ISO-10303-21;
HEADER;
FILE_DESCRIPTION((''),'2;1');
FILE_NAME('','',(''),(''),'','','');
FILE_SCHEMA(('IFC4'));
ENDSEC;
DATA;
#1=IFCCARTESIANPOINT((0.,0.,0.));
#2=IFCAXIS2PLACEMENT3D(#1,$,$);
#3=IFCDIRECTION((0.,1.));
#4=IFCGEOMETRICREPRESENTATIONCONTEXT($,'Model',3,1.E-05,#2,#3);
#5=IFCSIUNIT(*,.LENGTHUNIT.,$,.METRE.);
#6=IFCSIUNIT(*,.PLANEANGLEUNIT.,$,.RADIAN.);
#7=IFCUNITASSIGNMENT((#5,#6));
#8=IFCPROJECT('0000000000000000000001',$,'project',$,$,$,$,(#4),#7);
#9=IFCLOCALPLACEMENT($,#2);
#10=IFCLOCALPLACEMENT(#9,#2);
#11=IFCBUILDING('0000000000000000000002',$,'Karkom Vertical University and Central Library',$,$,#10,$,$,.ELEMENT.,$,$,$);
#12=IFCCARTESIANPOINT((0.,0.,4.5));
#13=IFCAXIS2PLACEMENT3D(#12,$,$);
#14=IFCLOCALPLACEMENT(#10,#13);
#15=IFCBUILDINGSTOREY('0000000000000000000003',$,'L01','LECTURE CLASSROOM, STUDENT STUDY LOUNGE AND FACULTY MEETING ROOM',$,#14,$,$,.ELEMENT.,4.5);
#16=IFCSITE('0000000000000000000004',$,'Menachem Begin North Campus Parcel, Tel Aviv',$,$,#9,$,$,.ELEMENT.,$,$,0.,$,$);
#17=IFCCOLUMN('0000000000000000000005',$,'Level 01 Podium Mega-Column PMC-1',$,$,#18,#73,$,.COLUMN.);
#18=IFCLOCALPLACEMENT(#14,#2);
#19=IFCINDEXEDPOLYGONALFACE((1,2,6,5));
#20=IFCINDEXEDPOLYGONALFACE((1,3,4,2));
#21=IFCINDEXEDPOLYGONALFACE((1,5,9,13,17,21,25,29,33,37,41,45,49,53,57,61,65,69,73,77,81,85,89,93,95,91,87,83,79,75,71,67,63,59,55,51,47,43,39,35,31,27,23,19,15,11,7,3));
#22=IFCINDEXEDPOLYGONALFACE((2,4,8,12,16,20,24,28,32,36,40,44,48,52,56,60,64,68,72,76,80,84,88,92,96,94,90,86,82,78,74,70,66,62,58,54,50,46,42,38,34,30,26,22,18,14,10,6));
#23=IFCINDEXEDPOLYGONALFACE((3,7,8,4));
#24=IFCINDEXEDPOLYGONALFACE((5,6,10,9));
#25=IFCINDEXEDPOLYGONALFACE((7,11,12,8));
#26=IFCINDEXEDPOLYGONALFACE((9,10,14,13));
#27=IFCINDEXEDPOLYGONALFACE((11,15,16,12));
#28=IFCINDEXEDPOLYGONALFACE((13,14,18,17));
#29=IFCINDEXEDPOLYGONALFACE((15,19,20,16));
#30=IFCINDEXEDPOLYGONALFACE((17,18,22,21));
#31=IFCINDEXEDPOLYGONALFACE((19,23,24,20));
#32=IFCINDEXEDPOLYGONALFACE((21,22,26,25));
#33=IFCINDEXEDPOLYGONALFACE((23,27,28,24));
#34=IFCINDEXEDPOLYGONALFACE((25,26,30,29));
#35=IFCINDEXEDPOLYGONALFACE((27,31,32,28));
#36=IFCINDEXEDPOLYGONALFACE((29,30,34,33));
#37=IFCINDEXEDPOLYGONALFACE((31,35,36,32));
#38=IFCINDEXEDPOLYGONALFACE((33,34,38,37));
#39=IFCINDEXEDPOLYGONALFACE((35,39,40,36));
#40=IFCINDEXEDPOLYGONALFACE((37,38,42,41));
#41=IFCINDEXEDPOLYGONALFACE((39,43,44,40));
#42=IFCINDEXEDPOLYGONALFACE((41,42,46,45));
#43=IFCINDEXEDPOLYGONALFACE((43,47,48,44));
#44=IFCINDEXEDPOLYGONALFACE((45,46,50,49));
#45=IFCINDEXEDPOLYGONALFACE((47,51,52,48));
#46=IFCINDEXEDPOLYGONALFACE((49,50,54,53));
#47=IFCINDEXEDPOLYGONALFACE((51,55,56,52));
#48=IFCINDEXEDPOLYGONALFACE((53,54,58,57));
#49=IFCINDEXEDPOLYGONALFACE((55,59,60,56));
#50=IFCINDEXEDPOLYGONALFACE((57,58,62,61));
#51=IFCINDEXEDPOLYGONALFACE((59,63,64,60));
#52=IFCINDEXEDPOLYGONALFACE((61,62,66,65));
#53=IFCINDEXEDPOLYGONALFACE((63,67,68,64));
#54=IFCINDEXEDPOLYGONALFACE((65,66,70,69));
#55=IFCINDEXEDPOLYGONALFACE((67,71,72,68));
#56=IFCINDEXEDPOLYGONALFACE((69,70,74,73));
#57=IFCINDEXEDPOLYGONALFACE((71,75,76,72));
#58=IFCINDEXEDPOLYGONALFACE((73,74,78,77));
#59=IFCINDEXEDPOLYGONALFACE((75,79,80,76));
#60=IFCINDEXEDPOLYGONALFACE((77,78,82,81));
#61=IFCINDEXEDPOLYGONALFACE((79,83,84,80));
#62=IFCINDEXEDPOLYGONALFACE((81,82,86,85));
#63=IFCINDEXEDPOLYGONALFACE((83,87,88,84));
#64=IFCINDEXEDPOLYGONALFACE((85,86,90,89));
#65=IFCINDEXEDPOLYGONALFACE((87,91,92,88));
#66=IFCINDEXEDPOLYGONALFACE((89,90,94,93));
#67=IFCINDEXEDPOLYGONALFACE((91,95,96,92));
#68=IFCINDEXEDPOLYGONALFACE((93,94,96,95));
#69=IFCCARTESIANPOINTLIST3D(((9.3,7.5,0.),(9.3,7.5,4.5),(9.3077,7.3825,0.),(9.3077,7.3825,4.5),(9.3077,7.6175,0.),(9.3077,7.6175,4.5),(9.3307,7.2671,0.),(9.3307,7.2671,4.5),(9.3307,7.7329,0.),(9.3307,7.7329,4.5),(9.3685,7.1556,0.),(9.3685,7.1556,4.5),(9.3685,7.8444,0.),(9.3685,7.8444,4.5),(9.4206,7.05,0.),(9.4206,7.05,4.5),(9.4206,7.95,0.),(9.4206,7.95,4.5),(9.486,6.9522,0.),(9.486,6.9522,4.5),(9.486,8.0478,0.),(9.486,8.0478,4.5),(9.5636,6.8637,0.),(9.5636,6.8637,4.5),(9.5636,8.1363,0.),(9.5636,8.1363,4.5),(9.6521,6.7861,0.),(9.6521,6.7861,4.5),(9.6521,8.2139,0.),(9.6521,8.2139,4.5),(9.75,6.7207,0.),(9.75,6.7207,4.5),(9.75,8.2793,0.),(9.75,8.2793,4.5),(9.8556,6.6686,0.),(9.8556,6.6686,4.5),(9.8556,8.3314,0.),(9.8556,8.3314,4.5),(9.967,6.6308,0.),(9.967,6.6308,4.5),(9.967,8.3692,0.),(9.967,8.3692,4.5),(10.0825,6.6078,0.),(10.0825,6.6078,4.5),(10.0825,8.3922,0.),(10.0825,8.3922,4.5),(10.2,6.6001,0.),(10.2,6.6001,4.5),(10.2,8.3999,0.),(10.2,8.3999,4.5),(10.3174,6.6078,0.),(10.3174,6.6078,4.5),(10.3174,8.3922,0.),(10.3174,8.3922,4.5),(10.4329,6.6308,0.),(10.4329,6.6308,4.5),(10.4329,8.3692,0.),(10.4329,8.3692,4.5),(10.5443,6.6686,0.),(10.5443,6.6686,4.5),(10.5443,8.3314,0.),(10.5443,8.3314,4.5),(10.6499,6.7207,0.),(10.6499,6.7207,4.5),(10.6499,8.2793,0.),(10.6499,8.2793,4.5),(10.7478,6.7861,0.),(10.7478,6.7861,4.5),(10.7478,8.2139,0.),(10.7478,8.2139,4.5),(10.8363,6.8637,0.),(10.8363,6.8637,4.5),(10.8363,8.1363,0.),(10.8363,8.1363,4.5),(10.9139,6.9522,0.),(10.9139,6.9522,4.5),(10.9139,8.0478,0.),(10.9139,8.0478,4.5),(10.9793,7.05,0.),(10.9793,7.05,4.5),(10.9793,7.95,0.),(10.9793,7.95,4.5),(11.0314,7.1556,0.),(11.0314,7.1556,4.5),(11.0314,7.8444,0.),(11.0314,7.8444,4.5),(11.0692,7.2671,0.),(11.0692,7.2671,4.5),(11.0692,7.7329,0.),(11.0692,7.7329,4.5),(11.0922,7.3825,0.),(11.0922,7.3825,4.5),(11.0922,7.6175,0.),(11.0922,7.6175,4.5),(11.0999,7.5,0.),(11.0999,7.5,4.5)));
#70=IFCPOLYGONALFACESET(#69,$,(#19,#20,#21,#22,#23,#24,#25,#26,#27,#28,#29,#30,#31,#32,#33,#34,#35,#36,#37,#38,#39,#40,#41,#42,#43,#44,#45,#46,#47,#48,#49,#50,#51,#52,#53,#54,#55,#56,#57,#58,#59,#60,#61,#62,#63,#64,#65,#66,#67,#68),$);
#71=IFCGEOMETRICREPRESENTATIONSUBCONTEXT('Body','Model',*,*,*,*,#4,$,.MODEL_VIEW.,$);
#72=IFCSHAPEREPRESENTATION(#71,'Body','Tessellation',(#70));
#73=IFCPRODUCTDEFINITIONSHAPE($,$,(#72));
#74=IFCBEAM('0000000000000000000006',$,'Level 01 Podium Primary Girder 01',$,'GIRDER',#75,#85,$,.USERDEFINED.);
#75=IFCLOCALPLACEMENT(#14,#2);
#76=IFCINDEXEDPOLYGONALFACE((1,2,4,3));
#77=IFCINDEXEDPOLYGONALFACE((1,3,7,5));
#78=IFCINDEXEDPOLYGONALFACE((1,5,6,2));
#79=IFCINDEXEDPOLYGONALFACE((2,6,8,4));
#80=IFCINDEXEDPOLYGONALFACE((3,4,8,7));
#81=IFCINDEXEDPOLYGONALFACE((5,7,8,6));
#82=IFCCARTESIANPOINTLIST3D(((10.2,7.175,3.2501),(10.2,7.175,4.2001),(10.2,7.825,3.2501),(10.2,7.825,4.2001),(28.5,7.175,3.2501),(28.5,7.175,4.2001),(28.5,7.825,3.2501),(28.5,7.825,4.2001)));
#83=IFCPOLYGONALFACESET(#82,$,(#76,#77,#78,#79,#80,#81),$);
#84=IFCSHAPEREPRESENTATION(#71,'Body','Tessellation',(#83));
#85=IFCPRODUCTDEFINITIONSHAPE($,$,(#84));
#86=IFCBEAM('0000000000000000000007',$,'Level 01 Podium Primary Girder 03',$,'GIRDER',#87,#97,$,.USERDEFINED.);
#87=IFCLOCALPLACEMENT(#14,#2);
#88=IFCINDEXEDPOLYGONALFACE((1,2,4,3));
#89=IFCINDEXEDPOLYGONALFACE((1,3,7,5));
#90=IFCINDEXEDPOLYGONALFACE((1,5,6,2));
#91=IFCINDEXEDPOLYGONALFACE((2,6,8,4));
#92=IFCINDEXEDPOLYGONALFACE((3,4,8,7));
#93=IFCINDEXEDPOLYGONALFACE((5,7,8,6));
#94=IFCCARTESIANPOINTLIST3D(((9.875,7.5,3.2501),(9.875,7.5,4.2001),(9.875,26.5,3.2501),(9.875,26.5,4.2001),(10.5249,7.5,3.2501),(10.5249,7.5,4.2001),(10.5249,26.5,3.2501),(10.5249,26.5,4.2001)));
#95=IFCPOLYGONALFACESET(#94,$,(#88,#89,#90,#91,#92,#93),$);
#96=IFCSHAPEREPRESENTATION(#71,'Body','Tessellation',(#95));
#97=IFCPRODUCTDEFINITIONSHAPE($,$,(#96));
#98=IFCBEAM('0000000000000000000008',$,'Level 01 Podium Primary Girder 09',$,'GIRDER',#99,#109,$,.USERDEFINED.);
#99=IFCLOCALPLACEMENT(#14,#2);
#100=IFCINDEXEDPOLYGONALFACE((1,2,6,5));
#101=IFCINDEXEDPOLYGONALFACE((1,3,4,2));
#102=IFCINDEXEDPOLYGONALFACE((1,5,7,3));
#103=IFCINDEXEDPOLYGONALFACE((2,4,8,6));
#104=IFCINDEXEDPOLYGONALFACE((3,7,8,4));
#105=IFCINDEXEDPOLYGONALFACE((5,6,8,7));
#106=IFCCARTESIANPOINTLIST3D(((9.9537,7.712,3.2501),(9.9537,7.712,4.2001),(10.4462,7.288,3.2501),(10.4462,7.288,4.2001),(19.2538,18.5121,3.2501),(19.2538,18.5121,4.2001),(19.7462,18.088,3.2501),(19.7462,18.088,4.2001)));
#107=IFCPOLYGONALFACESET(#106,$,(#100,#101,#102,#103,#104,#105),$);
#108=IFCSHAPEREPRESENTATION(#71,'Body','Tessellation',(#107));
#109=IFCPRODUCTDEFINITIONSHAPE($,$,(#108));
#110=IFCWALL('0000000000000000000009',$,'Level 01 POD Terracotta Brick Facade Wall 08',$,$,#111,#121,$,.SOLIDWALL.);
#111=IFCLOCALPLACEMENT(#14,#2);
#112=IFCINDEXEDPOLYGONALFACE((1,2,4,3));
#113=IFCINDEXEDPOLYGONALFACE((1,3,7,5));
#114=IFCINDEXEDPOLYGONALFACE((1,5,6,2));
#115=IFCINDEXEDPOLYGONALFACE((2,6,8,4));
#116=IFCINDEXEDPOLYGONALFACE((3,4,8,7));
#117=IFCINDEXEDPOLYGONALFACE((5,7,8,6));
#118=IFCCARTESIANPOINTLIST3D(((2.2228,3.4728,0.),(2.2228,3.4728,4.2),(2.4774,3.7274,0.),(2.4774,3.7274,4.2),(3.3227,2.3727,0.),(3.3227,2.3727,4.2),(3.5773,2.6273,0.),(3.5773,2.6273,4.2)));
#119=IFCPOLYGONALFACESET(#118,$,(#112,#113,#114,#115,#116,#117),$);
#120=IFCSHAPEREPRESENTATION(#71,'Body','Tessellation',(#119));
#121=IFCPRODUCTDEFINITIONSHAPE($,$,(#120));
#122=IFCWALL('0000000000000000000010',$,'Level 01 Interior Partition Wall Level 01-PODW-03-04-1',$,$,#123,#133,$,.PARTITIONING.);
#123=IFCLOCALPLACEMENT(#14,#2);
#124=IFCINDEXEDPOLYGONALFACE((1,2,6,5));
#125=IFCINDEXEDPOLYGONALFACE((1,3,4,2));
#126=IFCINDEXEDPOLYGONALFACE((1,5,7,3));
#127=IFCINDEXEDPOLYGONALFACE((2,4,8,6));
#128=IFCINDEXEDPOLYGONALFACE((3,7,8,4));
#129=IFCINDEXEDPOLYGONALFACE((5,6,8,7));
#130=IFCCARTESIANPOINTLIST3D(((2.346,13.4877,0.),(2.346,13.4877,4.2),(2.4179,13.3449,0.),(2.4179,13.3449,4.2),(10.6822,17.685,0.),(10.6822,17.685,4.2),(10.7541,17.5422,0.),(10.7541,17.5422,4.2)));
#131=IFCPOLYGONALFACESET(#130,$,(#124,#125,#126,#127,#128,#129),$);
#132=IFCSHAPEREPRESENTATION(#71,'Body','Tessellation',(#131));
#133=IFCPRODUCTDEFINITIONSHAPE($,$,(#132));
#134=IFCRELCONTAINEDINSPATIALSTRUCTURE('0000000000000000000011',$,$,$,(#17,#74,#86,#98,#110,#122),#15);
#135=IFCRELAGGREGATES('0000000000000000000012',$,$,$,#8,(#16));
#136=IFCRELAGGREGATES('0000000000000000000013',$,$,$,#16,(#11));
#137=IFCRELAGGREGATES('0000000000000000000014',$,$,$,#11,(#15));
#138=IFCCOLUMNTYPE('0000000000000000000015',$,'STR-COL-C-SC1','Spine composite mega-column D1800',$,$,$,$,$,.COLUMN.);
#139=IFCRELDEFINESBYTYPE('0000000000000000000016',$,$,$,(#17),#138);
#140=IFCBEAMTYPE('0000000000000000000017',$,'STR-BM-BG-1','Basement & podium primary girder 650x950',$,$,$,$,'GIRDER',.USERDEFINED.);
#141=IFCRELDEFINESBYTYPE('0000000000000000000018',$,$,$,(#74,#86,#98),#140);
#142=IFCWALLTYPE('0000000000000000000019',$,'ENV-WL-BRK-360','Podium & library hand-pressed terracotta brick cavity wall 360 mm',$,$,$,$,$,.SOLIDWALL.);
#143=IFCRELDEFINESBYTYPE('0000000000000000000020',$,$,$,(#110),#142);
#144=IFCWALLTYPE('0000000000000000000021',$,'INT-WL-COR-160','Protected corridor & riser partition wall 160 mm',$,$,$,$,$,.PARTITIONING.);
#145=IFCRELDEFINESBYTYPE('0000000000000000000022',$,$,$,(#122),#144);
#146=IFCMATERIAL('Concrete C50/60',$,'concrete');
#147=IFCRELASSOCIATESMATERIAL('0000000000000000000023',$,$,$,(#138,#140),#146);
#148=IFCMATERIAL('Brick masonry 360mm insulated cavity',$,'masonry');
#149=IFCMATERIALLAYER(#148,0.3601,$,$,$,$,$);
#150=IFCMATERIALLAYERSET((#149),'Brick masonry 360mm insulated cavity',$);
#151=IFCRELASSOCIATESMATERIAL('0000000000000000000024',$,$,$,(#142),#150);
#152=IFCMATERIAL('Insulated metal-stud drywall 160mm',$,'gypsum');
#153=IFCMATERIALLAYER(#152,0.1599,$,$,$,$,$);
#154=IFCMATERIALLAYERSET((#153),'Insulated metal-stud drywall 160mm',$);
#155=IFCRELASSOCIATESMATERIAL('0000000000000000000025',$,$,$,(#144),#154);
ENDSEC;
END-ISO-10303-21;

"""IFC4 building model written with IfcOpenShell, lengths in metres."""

from ifc_helpers import new_model, si_unit, direction, frame, frame_2d, origin, origin_with_axes, origin_2d, place, context, subcontext, project, spatial, rectangle, circle, extrude, source, transform, mapped, material, layer, layer_set, material_profile, profile_set, type_object, element, save


model = new_model("IFC4")

# Units and contexts
model_context = context("Model", 3, precision=1e-05, world=origin(), true_north=direction((0.0, 1.0)))
body_context = subcontext(model_context, "Body", "Model", "MODEL_VIEW")
ifc_project = project(units=[si_unit("LENGTHUNIT", "METRE"), si_unit("PLANEANGLEUNIT", "RADIAN")], contexts=[model_context])

# Site, building, storey
site_placement = place(None, origin())
site = spatial("IfcSite", under=ifc_project, at=site_placement, Name="Menachem Begin North Campus Parcel, Tel Aviv", CompositionType="ELEMENT", RefElevation=0.0)
building_placement = place(site_placement, origin())
building = spatial("IfcBuilding", under=site, at=building_placement, Name="Karkom Vertical University and Central Library", CompositionType="ELEMENT")
storey_placement = place(building_placement, frame((0.0, 0.0, 4.5)))
storey = spatial("IfcBuildingStorey", under=building, at=storey_placement, Name="L01", Description="LECTURE CLASSROOM, STUDENT STUDY LOUNGE AND FACULTY MEETING ROOM", CompositionType="ELEMENT", Elevation=4.5)

# Column
ifc_material_1 = material(Name="Concrete C50/60", Category="concrete")
ifc_material_profile_1 = material_profile(ifc_material_1, circle(Radius=0.8999, at=origin_2d()), Name="CFT-D1800")
ifc_profile_set_1 = profile_set([ifc_material_profile_1], Name="Concrete C50/60")
column_type = type_object("IfcColumnType", Name="STR-COL-C-SC1", Description="Spine composite mega-column D1800", PredefinedType="COLUMN", material=ifc_profile_set_1)
shared_shape_1 = source(origin_with_axes(), body_context, "Body", "SweptSolid", [
    extrude(circle(Radius=0.8999, at=origin_2d()), origin(), (0.0, 0.0, 1.0), 4.5),
])
column_placement = place(storey_placement, frame((10.2, 7.5, 0.0), z_axis=(0.0, 0.0, 1.0), x_axis=(1.0, 0.0, 0.0)))
element("IfcColumn", 1, at=column_placement, inside=storey, type_object=column_type, Name="Level 01 Podium Mega-Column PMC-1", PredefinedType="COLUMN", context=body_context, shape_type="MappedRepresentation", body=[
    mapped(shared_shape_1, transform((0.0, 0.0, 0.0), scale=1.0)),
])

# Beams
ifc_material_profile_2 = material_profile(ifc_material_1, rectangle(XDim=0.6499, YDim=0.95, at=origin_2d()), Name="RCG-650x950")
ifc_profile_set_2 = profile_set([ifc_material_profile_2], Name="Concrete C50/60")
beam_type = type_object("IfcBeamType", Name="STR-BM-BG-1", Description="Basement & podium primary girder 650x950", ElementType="GIRDER", PredefinedType="USERDEFINED", material=ifc_profile_set_2)
shared_shape_2 = source(origin_with_axes(), body_context, "Body", "SweptSolid", [
    extrude(rectangle(XDim=0.6499, YDim=0.95, at=origin_2d()), origin(), (0.0, 0.0, 1.0), 18.3),
])
beam_1_placement = place(storey_placement, frame((10.2, 7.5, 3.7251), z_axis=(1.0, 0.0, 0.0), x_axis=(0.0, 1.0, 0.0)))
element("IfcBeam", 2, at=beam_1_placement, inside=storey, type_object=beam_type, Name="Level 01 Podium Primary Girder 01", ObjectType="GIRDER", PredefinedType="USERDEFINED", context=body_context, shape_type="MappedRepresentation", body=[
    mapped(shared_shape_2, transform((0.0, 0.0, 0.0), scale=1.0)),
])
shared_shape_3 = source(origin_with_axes(), body_context, "Body", "SweptSolid", [
    extrude(rectangle(XDim=0.6499, YDim=0.95, at=origin_2d()), origin(), (0.0, 0.0, 1.0), 19.0),
])
beam_2_placement = place(storey_placement, frame((10.2, 7.5, 3.7251), z_axis=(0.0, 1.0, 0.0), x_axis=(-1.0, 0.0, 0.0)))
element("IfcBeam", 3, at=beam_2_placement, inside=storey, type_object=beam_type, Name="Level 01 Podium Primary Girder 03", ObjectType="GIRDER", PredefinedType="USERDEFINED", context=body_context, shape_type="MappedRepresentation", body=[
    mapped(shared_shape_3, transform((0.0, 0.0, 0.0), scale=1.0)),
])
shared_shape_4 = source(origin_with_axes(), body_context, "Body", "SweptSolid", [
    extrude(rectangle(XDim=0.6499, YDim=0.95, at=origin_2d()), origin(), (0.0, 0.0, 1.0), 14.2524),
])
beam_3_placement = place(storey_placement, frame((10.2, 7.5, 3.7251), z_axis=(0.652523, 0.757769, 0.0), x_axis=(-0.757769, 0.652523, 0.0)))
element("IfcBeam", 4, at=beam_3_placement, inside=storey, type_object=beam_type, Name="Level 01 Podium Primary Girder 09", ObjectType="GIRDER", PredefinedType="USERDEFINED", context=body_context, shape_type="MappedRepresentation", body=[
    mapped(shared_shape_4, transform((0.0, 0.0, 0.0), scale=1.0)),
])

# Shared definitions
ifc_material_2 = material(Name="Brick masonry 360mm insulated cavity", Category="masonry")
ifc_layer_1 = layer(ifc_material_2, 0.3601)
ifc_layer_set_1 = layer_set([ifc_layer_1], Name="Brick masonry 360mm insulated cavity")
wall_type_1 = type_object("IfcWallType", Name="ENV-WL-BRK-360", Description="Podium & library hand-pressed terracotta brick cavity wall 360 mm", PredefinedType="SOLIDWALL", material=ifc_layer_set_1)

# Walls
wall_1_placement = place(storey_placement, frame((2.3501, 3.6001, 0.0), z_axis=(0.0, 0.0, 1.0), x_axis=(0.707028, -0.707185, 0.0)))
element("IfcWall", 5, at=wall_1_placement, inside=storey, type_object=wall_type_1, Name="Level 01 POD Terracotta Brick Facade Wall 08", PredefinedType="SOLIDWALL", context=body_context, shape_type="SweptSolid", body=[
    extrude(rectangle(XDim=1.5557, YDim=0.3601, at=frame_2d((0.7778, 0.0))), origin(), (0.0, 0.0, 1.0), 4.2),
])
ifc_material_3 = material(Name="Insulated metal-stud drywall 160mm", Category="gypsum")
ifc_layer_2 = layer(ifc_material_3, 0.1599)
ifc_layer_set_2 = layer_set([ifc_layer_2], Name="Insulated metal-stud drywall 160mm")
wall_type_2 = type_object("IfcWallType", Name="INT-WL-COR-160", Description="Protected corridor & riser partition wall 160 mm", PredefinedType="PARTITIONING", material=ifc_layer_set_2)
wall_2_placement = place(storey_placement, frame((10.718, 17.6135, 0.0), z_axis=(0.0, 0.0, 1.0), x_axis=(-0.893173, -0.449713, 0.0)))
element("IfcWall", 6, at=wall_2_placement, inside=storey, type_object=wall_type_2, Name="Level 01 Interior Partition Wall Level 01-PODW-03-04-1", PredefinedType="PARTITIONING", context=body_context, shape_type="SweptSolid", body=[
    extrude(rectangle(XDim=9.3333, YDim=0.1599, at=frame_2d((4.6665, 0.0))), origin(), (0.0, 0.0, 1.0), 4.2),
])

save(model, "model.ifc")
